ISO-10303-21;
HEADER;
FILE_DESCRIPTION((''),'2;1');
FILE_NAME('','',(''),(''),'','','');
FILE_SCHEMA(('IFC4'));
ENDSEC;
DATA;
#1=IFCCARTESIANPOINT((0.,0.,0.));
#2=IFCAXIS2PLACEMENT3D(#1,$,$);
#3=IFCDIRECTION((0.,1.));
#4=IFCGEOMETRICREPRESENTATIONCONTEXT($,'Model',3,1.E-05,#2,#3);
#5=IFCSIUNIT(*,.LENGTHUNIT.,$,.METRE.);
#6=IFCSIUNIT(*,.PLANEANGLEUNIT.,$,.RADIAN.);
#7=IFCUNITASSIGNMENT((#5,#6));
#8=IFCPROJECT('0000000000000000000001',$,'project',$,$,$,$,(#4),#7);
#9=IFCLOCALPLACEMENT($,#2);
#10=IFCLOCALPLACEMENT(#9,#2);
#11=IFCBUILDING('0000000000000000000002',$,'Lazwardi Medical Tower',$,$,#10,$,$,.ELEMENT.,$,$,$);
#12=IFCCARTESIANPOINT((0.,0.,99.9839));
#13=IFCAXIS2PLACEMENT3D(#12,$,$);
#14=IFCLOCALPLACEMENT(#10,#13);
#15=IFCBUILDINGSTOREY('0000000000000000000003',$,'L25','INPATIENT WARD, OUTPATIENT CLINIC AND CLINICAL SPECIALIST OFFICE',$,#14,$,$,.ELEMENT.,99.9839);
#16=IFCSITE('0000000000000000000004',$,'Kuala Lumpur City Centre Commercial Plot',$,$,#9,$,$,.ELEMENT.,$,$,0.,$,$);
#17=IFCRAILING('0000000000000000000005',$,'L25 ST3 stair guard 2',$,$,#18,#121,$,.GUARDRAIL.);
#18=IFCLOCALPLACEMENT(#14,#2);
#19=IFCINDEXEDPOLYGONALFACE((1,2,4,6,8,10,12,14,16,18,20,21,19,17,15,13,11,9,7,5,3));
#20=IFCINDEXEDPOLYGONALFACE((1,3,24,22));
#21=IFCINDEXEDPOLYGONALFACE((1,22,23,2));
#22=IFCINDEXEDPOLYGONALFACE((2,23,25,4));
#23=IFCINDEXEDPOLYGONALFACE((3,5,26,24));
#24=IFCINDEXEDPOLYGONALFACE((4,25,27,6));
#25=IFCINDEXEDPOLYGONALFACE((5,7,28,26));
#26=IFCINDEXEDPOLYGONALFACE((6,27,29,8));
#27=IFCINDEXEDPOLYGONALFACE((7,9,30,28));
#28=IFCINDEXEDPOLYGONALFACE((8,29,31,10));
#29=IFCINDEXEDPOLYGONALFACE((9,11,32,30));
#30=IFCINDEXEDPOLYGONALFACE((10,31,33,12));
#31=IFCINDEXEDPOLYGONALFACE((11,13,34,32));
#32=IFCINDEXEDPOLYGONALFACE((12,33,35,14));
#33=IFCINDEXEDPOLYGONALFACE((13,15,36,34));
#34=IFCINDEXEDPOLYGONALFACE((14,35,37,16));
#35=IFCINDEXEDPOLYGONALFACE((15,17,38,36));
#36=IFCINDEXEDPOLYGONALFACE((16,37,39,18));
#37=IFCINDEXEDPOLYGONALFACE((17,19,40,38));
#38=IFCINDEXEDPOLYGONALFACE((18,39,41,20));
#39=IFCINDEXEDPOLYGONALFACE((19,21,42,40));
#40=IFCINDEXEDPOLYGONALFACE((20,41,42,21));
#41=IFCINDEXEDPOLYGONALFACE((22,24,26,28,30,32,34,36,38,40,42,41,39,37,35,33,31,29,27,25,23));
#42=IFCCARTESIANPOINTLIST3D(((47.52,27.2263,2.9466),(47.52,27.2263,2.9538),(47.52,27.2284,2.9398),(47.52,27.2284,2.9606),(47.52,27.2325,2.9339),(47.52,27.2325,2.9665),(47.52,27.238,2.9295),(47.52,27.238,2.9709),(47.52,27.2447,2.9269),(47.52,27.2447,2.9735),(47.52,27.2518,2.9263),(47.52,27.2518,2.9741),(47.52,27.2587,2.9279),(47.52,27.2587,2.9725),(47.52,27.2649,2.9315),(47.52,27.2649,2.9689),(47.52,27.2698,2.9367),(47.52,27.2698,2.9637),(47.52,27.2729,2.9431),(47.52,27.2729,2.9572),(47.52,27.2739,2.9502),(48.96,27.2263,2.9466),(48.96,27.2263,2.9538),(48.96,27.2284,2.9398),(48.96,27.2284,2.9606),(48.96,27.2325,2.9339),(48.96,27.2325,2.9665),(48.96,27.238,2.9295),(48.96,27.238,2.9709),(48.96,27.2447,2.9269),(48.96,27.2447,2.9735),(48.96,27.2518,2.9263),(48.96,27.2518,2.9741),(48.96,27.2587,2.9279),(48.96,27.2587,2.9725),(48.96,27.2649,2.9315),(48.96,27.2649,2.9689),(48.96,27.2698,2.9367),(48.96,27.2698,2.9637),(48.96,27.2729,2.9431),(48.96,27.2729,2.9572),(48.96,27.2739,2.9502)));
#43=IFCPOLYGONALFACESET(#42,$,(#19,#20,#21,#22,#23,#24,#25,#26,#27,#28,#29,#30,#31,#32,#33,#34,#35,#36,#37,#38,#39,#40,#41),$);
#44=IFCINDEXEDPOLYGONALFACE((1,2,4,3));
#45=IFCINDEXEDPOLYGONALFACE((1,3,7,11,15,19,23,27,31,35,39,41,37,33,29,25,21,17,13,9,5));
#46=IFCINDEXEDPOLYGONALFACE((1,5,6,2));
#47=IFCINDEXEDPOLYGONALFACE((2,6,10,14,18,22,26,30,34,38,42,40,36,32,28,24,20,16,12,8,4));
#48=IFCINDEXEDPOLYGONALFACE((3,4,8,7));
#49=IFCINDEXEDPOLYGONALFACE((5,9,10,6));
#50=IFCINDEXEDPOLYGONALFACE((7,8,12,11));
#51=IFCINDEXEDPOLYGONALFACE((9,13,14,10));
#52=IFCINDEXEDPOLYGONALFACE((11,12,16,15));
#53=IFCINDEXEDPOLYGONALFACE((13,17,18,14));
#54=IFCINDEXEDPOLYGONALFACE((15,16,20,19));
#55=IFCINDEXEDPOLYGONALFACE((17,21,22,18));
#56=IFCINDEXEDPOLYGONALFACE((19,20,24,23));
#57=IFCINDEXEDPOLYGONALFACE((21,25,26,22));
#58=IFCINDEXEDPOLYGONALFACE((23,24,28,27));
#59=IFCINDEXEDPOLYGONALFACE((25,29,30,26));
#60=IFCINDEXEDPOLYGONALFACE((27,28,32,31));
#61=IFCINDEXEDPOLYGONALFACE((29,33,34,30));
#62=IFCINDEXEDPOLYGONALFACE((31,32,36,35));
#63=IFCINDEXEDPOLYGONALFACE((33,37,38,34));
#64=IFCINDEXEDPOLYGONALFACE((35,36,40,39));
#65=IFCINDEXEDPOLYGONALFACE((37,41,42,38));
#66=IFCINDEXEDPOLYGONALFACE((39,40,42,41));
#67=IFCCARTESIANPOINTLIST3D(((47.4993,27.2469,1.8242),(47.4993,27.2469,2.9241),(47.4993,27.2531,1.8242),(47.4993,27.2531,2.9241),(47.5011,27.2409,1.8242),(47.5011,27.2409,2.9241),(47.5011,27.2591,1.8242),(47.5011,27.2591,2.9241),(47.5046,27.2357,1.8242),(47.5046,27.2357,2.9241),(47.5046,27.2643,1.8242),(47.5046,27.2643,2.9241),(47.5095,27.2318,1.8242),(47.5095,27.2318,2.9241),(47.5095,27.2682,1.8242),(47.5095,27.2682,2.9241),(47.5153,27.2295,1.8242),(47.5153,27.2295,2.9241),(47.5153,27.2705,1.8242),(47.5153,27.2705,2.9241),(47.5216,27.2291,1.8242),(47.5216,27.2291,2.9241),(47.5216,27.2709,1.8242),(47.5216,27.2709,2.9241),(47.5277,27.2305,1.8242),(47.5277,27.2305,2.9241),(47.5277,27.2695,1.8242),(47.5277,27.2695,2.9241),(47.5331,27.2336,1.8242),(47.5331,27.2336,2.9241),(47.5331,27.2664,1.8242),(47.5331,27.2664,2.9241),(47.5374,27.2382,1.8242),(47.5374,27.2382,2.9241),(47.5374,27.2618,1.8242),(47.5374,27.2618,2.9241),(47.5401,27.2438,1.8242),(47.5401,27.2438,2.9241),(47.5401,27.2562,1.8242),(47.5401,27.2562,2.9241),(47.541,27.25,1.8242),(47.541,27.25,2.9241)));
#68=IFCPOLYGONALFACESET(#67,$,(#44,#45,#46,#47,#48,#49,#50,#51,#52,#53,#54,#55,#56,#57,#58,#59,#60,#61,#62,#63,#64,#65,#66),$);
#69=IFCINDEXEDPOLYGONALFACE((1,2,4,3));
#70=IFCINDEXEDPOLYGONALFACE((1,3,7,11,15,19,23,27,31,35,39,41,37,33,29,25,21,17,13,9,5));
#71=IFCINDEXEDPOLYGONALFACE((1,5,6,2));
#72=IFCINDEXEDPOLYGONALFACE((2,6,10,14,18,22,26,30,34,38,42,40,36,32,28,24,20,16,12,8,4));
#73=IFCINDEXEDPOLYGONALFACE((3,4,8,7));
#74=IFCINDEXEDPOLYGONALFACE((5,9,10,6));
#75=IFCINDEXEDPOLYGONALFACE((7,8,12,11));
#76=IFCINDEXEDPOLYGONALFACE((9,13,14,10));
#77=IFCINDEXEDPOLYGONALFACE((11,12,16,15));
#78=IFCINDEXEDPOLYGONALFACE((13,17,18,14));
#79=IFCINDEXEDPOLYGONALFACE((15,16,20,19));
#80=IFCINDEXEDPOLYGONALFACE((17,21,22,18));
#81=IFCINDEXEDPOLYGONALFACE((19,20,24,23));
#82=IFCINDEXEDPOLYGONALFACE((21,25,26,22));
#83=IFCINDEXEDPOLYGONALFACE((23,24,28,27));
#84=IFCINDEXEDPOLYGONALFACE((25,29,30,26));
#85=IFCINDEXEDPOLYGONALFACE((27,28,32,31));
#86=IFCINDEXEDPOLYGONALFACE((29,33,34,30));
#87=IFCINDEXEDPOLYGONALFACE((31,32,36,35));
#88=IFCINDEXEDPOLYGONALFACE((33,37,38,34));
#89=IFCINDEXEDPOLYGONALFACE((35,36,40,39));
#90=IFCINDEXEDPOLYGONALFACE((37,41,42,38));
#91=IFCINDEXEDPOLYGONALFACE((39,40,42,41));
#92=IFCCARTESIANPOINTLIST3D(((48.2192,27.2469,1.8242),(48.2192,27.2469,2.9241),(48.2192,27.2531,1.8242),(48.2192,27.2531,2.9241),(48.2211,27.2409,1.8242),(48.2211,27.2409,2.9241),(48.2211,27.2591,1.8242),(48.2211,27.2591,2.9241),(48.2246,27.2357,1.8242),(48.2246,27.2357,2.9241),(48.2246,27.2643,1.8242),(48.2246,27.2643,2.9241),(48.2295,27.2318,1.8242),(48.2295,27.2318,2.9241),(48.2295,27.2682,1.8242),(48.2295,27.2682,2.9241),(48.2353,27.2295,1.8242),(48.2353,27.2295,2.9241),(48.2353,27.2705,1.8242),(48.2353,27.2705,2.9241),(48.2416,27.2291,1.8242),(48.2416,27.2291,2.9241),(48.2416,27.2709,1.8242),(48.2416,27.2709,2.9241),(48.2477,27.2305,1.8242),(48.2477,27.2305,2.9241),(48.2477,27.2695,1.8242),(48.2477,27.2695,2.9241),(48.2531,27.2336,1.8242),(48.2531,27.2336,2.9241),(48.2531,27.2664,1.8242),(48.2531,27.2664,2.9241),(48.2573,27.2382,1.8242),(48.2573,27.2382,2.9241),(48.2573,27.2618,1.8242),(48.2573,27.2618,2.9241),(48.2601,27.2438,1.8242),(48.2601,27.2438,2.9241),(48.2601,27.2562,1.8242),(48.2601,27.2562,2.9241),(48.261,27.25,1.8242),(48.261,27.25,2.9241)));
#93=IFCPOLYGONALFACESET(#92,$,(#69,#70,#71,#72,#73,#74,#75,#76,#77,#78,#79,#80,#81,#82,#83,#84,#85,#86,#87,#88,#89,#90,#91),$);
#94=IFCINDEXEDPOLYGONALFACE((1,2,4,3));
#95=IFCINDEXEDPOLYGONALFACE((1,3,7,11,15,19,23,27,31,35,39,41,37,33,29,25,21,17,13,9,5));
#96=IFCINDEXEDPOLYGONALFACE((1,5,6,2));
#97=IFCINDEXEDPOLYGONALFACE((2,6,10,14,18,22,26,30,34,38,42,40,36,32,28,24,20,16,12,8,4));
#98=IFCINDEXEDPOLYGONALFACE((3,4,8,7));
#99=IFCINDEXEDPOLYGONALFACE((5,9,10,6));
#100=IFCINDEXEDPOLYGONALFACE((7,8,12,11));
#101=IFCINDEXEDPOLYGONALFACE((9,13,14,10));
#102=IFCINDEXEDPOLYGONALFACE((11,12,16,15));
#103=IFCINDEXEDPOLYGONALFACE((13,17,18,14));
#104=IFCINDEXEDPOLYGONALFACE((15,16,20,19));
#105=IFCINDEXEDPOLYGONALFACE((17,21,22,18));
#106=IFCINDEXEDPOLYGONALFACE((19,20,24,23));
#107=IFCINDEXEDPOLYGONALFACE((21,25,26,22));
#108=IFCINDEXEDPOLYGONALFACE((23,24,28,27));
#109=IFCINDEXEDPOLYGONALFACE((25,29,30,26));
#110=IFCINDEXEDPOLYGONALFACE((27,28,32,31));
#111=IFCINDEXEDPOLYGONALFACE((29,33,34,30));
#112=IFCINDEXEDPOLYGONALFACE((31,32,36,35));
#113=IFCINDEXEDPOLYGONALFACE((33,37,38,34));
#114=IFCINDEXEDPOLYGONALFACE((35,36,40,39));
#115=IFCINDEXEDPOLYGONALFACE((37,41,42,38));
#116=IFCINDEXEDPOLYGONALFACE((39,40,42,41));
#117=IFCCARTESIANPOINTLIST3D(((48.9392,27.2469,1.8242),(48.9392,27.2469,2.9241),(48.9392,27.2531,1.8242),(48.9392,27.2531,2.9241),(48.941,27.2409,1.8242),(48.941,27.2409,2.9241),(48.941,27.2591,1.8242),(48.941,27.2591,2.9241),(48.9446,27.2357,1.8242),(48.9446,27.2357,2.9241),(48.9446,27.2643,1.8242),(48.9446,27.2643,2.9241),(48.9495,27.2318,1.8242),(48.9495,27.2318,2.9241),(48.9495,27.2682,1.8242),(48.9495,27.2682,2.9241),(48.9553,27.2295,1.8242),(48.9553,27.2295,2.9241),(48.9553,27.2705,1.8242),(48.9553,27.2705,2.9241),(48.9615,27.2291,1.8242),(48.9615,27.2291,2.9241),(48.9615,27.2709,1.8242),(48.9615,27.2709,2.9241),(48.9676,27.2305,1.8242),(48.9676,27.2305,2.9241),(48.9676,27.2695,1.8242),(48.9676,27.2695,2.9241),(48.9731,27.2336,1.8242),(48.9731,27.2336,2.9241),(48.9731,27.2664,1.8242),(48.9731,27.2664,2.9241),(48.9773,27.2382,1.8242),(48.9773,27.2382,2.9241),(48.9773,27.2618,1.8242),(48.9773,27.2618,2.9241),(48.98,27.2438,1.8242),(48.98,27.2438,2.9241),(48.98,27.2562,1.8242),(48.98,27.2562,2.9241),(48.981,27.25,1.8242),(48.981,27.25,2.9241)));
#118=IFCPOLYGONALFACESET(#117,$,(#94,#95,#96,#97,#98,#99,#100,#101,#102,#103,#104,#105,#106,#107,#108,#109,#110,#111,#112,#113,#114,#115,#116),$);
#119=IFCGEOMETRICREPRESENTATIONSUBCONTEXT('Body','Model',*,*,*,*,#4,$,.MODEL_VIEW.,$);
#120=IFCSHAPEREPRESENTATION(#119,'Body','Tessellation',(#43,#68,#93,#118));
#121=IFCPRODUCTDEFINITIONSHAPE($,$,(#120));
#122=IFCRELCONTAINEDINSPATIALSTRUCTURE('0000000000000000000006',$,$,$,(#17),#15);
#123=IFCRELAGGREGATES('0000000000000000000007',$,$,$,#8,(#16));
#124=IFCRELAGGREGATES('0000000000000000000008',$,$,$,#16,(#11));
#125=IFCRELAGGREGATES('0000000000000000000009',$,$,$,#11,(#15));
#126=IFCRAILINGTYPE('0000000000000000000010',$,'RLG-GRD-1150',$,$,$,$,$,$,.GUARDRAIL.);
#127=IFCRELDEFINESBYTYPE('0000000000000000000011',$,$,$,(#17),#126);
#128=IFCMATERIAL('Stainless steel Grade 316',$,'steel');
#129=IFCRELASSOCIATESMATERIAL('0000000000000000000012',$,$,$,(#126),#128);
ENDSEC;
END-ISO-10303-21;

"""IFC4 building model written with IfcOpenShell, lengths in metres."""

from ifc_helpers import new_model, si_unit, direction, frame, origin, origin_2d, place, context, subcontext, project, spatial, circle, extrude, material, type_object, element, save


model = new_model("IFC4")

# Units and contexts
model_context = context("Model", 3, precision=1e-05, world=origin(), true_north=direction((0.0, 1.0)))
body_context = subcontext(model_context, "Body", "Model", "MODEL_VIEW")
ifc_project = project(units=[si_unit("LENGTHUNIT", "METRE"), si_unit("PLANEANGLEUNIT", "RADIAN")], contexts=[model_context])

# Site, building, storey
site_placement = place(None, origin())
site = spatial("IfcSite", under=ifc_project, at=site_placement, Name="Kuala Lumpur City Centre Commercial Plot", CompositionType="ELEMENT", RefElevation=0.0)
building_placement = place(site_placement, origin())
building = spatial("IfcBuilding", under=site, at=building_placement, Name="Lazwardi Medical Tower", CompositionType="ELEMENT")
storey_placement = place(building_placement, frame((0.0, 0.0, 99.9839)))
storey = spatial("IfcBuildingStorey", under=building, at=storey_placement, Name="L25", Description="INPATIENT WARD, OUTPATIENT CLINIC AND CLINICAL SPECIALIST OFFICE", CompositionType="ELEMENT", Elevation=99.9839)

# Railing
ifc_material_1 = material(Name="Stainless steel Grade 316", Category="steel")
railing_type = type_object("IfcRailingType", Name="RLG-GRD-1150", PredefinedType="GUARDRAIL", material=ifc_material_1)
railing_placement = place(storey_placement, frame((47.52, 27.25, 1.8242)))
element("IfcRailing", 1, at=railing_placement, inside=storey, type_object=railing_type, Name="L25 ST3 stair guard 2", PredefinedType="GUARDRAIL", context=body_context, shape_type="SweptSolid", body=[
    extrude(circle(Radius=0.0239, at=origin_2d()), frame((0.0, 0.0, 1.126), z_axis=(1.0, 0.0, 0.0), x_axis=(0.0, 1.0, 0.0)), (0.0, 0.0, 1.0), 1.4399),
    extrude(circle(Radius=0.021, at=origin_2d()), origin(), (0.0, 0.0, 1.0), 1.0999),
    extrude(circle(Radius=0.021, at=origin_2d()), frame((0.72, 0.0, 0.0)), (0.0, 0.0, 1.0), 1.0999),
    extrude(circle(Radius=0.021, at=origin_2d()), frame((1.4399, 0.0, 0.0)), (0.0, 0.0, 1.0), 1.0999),
])

save(model, "model.ifc")
